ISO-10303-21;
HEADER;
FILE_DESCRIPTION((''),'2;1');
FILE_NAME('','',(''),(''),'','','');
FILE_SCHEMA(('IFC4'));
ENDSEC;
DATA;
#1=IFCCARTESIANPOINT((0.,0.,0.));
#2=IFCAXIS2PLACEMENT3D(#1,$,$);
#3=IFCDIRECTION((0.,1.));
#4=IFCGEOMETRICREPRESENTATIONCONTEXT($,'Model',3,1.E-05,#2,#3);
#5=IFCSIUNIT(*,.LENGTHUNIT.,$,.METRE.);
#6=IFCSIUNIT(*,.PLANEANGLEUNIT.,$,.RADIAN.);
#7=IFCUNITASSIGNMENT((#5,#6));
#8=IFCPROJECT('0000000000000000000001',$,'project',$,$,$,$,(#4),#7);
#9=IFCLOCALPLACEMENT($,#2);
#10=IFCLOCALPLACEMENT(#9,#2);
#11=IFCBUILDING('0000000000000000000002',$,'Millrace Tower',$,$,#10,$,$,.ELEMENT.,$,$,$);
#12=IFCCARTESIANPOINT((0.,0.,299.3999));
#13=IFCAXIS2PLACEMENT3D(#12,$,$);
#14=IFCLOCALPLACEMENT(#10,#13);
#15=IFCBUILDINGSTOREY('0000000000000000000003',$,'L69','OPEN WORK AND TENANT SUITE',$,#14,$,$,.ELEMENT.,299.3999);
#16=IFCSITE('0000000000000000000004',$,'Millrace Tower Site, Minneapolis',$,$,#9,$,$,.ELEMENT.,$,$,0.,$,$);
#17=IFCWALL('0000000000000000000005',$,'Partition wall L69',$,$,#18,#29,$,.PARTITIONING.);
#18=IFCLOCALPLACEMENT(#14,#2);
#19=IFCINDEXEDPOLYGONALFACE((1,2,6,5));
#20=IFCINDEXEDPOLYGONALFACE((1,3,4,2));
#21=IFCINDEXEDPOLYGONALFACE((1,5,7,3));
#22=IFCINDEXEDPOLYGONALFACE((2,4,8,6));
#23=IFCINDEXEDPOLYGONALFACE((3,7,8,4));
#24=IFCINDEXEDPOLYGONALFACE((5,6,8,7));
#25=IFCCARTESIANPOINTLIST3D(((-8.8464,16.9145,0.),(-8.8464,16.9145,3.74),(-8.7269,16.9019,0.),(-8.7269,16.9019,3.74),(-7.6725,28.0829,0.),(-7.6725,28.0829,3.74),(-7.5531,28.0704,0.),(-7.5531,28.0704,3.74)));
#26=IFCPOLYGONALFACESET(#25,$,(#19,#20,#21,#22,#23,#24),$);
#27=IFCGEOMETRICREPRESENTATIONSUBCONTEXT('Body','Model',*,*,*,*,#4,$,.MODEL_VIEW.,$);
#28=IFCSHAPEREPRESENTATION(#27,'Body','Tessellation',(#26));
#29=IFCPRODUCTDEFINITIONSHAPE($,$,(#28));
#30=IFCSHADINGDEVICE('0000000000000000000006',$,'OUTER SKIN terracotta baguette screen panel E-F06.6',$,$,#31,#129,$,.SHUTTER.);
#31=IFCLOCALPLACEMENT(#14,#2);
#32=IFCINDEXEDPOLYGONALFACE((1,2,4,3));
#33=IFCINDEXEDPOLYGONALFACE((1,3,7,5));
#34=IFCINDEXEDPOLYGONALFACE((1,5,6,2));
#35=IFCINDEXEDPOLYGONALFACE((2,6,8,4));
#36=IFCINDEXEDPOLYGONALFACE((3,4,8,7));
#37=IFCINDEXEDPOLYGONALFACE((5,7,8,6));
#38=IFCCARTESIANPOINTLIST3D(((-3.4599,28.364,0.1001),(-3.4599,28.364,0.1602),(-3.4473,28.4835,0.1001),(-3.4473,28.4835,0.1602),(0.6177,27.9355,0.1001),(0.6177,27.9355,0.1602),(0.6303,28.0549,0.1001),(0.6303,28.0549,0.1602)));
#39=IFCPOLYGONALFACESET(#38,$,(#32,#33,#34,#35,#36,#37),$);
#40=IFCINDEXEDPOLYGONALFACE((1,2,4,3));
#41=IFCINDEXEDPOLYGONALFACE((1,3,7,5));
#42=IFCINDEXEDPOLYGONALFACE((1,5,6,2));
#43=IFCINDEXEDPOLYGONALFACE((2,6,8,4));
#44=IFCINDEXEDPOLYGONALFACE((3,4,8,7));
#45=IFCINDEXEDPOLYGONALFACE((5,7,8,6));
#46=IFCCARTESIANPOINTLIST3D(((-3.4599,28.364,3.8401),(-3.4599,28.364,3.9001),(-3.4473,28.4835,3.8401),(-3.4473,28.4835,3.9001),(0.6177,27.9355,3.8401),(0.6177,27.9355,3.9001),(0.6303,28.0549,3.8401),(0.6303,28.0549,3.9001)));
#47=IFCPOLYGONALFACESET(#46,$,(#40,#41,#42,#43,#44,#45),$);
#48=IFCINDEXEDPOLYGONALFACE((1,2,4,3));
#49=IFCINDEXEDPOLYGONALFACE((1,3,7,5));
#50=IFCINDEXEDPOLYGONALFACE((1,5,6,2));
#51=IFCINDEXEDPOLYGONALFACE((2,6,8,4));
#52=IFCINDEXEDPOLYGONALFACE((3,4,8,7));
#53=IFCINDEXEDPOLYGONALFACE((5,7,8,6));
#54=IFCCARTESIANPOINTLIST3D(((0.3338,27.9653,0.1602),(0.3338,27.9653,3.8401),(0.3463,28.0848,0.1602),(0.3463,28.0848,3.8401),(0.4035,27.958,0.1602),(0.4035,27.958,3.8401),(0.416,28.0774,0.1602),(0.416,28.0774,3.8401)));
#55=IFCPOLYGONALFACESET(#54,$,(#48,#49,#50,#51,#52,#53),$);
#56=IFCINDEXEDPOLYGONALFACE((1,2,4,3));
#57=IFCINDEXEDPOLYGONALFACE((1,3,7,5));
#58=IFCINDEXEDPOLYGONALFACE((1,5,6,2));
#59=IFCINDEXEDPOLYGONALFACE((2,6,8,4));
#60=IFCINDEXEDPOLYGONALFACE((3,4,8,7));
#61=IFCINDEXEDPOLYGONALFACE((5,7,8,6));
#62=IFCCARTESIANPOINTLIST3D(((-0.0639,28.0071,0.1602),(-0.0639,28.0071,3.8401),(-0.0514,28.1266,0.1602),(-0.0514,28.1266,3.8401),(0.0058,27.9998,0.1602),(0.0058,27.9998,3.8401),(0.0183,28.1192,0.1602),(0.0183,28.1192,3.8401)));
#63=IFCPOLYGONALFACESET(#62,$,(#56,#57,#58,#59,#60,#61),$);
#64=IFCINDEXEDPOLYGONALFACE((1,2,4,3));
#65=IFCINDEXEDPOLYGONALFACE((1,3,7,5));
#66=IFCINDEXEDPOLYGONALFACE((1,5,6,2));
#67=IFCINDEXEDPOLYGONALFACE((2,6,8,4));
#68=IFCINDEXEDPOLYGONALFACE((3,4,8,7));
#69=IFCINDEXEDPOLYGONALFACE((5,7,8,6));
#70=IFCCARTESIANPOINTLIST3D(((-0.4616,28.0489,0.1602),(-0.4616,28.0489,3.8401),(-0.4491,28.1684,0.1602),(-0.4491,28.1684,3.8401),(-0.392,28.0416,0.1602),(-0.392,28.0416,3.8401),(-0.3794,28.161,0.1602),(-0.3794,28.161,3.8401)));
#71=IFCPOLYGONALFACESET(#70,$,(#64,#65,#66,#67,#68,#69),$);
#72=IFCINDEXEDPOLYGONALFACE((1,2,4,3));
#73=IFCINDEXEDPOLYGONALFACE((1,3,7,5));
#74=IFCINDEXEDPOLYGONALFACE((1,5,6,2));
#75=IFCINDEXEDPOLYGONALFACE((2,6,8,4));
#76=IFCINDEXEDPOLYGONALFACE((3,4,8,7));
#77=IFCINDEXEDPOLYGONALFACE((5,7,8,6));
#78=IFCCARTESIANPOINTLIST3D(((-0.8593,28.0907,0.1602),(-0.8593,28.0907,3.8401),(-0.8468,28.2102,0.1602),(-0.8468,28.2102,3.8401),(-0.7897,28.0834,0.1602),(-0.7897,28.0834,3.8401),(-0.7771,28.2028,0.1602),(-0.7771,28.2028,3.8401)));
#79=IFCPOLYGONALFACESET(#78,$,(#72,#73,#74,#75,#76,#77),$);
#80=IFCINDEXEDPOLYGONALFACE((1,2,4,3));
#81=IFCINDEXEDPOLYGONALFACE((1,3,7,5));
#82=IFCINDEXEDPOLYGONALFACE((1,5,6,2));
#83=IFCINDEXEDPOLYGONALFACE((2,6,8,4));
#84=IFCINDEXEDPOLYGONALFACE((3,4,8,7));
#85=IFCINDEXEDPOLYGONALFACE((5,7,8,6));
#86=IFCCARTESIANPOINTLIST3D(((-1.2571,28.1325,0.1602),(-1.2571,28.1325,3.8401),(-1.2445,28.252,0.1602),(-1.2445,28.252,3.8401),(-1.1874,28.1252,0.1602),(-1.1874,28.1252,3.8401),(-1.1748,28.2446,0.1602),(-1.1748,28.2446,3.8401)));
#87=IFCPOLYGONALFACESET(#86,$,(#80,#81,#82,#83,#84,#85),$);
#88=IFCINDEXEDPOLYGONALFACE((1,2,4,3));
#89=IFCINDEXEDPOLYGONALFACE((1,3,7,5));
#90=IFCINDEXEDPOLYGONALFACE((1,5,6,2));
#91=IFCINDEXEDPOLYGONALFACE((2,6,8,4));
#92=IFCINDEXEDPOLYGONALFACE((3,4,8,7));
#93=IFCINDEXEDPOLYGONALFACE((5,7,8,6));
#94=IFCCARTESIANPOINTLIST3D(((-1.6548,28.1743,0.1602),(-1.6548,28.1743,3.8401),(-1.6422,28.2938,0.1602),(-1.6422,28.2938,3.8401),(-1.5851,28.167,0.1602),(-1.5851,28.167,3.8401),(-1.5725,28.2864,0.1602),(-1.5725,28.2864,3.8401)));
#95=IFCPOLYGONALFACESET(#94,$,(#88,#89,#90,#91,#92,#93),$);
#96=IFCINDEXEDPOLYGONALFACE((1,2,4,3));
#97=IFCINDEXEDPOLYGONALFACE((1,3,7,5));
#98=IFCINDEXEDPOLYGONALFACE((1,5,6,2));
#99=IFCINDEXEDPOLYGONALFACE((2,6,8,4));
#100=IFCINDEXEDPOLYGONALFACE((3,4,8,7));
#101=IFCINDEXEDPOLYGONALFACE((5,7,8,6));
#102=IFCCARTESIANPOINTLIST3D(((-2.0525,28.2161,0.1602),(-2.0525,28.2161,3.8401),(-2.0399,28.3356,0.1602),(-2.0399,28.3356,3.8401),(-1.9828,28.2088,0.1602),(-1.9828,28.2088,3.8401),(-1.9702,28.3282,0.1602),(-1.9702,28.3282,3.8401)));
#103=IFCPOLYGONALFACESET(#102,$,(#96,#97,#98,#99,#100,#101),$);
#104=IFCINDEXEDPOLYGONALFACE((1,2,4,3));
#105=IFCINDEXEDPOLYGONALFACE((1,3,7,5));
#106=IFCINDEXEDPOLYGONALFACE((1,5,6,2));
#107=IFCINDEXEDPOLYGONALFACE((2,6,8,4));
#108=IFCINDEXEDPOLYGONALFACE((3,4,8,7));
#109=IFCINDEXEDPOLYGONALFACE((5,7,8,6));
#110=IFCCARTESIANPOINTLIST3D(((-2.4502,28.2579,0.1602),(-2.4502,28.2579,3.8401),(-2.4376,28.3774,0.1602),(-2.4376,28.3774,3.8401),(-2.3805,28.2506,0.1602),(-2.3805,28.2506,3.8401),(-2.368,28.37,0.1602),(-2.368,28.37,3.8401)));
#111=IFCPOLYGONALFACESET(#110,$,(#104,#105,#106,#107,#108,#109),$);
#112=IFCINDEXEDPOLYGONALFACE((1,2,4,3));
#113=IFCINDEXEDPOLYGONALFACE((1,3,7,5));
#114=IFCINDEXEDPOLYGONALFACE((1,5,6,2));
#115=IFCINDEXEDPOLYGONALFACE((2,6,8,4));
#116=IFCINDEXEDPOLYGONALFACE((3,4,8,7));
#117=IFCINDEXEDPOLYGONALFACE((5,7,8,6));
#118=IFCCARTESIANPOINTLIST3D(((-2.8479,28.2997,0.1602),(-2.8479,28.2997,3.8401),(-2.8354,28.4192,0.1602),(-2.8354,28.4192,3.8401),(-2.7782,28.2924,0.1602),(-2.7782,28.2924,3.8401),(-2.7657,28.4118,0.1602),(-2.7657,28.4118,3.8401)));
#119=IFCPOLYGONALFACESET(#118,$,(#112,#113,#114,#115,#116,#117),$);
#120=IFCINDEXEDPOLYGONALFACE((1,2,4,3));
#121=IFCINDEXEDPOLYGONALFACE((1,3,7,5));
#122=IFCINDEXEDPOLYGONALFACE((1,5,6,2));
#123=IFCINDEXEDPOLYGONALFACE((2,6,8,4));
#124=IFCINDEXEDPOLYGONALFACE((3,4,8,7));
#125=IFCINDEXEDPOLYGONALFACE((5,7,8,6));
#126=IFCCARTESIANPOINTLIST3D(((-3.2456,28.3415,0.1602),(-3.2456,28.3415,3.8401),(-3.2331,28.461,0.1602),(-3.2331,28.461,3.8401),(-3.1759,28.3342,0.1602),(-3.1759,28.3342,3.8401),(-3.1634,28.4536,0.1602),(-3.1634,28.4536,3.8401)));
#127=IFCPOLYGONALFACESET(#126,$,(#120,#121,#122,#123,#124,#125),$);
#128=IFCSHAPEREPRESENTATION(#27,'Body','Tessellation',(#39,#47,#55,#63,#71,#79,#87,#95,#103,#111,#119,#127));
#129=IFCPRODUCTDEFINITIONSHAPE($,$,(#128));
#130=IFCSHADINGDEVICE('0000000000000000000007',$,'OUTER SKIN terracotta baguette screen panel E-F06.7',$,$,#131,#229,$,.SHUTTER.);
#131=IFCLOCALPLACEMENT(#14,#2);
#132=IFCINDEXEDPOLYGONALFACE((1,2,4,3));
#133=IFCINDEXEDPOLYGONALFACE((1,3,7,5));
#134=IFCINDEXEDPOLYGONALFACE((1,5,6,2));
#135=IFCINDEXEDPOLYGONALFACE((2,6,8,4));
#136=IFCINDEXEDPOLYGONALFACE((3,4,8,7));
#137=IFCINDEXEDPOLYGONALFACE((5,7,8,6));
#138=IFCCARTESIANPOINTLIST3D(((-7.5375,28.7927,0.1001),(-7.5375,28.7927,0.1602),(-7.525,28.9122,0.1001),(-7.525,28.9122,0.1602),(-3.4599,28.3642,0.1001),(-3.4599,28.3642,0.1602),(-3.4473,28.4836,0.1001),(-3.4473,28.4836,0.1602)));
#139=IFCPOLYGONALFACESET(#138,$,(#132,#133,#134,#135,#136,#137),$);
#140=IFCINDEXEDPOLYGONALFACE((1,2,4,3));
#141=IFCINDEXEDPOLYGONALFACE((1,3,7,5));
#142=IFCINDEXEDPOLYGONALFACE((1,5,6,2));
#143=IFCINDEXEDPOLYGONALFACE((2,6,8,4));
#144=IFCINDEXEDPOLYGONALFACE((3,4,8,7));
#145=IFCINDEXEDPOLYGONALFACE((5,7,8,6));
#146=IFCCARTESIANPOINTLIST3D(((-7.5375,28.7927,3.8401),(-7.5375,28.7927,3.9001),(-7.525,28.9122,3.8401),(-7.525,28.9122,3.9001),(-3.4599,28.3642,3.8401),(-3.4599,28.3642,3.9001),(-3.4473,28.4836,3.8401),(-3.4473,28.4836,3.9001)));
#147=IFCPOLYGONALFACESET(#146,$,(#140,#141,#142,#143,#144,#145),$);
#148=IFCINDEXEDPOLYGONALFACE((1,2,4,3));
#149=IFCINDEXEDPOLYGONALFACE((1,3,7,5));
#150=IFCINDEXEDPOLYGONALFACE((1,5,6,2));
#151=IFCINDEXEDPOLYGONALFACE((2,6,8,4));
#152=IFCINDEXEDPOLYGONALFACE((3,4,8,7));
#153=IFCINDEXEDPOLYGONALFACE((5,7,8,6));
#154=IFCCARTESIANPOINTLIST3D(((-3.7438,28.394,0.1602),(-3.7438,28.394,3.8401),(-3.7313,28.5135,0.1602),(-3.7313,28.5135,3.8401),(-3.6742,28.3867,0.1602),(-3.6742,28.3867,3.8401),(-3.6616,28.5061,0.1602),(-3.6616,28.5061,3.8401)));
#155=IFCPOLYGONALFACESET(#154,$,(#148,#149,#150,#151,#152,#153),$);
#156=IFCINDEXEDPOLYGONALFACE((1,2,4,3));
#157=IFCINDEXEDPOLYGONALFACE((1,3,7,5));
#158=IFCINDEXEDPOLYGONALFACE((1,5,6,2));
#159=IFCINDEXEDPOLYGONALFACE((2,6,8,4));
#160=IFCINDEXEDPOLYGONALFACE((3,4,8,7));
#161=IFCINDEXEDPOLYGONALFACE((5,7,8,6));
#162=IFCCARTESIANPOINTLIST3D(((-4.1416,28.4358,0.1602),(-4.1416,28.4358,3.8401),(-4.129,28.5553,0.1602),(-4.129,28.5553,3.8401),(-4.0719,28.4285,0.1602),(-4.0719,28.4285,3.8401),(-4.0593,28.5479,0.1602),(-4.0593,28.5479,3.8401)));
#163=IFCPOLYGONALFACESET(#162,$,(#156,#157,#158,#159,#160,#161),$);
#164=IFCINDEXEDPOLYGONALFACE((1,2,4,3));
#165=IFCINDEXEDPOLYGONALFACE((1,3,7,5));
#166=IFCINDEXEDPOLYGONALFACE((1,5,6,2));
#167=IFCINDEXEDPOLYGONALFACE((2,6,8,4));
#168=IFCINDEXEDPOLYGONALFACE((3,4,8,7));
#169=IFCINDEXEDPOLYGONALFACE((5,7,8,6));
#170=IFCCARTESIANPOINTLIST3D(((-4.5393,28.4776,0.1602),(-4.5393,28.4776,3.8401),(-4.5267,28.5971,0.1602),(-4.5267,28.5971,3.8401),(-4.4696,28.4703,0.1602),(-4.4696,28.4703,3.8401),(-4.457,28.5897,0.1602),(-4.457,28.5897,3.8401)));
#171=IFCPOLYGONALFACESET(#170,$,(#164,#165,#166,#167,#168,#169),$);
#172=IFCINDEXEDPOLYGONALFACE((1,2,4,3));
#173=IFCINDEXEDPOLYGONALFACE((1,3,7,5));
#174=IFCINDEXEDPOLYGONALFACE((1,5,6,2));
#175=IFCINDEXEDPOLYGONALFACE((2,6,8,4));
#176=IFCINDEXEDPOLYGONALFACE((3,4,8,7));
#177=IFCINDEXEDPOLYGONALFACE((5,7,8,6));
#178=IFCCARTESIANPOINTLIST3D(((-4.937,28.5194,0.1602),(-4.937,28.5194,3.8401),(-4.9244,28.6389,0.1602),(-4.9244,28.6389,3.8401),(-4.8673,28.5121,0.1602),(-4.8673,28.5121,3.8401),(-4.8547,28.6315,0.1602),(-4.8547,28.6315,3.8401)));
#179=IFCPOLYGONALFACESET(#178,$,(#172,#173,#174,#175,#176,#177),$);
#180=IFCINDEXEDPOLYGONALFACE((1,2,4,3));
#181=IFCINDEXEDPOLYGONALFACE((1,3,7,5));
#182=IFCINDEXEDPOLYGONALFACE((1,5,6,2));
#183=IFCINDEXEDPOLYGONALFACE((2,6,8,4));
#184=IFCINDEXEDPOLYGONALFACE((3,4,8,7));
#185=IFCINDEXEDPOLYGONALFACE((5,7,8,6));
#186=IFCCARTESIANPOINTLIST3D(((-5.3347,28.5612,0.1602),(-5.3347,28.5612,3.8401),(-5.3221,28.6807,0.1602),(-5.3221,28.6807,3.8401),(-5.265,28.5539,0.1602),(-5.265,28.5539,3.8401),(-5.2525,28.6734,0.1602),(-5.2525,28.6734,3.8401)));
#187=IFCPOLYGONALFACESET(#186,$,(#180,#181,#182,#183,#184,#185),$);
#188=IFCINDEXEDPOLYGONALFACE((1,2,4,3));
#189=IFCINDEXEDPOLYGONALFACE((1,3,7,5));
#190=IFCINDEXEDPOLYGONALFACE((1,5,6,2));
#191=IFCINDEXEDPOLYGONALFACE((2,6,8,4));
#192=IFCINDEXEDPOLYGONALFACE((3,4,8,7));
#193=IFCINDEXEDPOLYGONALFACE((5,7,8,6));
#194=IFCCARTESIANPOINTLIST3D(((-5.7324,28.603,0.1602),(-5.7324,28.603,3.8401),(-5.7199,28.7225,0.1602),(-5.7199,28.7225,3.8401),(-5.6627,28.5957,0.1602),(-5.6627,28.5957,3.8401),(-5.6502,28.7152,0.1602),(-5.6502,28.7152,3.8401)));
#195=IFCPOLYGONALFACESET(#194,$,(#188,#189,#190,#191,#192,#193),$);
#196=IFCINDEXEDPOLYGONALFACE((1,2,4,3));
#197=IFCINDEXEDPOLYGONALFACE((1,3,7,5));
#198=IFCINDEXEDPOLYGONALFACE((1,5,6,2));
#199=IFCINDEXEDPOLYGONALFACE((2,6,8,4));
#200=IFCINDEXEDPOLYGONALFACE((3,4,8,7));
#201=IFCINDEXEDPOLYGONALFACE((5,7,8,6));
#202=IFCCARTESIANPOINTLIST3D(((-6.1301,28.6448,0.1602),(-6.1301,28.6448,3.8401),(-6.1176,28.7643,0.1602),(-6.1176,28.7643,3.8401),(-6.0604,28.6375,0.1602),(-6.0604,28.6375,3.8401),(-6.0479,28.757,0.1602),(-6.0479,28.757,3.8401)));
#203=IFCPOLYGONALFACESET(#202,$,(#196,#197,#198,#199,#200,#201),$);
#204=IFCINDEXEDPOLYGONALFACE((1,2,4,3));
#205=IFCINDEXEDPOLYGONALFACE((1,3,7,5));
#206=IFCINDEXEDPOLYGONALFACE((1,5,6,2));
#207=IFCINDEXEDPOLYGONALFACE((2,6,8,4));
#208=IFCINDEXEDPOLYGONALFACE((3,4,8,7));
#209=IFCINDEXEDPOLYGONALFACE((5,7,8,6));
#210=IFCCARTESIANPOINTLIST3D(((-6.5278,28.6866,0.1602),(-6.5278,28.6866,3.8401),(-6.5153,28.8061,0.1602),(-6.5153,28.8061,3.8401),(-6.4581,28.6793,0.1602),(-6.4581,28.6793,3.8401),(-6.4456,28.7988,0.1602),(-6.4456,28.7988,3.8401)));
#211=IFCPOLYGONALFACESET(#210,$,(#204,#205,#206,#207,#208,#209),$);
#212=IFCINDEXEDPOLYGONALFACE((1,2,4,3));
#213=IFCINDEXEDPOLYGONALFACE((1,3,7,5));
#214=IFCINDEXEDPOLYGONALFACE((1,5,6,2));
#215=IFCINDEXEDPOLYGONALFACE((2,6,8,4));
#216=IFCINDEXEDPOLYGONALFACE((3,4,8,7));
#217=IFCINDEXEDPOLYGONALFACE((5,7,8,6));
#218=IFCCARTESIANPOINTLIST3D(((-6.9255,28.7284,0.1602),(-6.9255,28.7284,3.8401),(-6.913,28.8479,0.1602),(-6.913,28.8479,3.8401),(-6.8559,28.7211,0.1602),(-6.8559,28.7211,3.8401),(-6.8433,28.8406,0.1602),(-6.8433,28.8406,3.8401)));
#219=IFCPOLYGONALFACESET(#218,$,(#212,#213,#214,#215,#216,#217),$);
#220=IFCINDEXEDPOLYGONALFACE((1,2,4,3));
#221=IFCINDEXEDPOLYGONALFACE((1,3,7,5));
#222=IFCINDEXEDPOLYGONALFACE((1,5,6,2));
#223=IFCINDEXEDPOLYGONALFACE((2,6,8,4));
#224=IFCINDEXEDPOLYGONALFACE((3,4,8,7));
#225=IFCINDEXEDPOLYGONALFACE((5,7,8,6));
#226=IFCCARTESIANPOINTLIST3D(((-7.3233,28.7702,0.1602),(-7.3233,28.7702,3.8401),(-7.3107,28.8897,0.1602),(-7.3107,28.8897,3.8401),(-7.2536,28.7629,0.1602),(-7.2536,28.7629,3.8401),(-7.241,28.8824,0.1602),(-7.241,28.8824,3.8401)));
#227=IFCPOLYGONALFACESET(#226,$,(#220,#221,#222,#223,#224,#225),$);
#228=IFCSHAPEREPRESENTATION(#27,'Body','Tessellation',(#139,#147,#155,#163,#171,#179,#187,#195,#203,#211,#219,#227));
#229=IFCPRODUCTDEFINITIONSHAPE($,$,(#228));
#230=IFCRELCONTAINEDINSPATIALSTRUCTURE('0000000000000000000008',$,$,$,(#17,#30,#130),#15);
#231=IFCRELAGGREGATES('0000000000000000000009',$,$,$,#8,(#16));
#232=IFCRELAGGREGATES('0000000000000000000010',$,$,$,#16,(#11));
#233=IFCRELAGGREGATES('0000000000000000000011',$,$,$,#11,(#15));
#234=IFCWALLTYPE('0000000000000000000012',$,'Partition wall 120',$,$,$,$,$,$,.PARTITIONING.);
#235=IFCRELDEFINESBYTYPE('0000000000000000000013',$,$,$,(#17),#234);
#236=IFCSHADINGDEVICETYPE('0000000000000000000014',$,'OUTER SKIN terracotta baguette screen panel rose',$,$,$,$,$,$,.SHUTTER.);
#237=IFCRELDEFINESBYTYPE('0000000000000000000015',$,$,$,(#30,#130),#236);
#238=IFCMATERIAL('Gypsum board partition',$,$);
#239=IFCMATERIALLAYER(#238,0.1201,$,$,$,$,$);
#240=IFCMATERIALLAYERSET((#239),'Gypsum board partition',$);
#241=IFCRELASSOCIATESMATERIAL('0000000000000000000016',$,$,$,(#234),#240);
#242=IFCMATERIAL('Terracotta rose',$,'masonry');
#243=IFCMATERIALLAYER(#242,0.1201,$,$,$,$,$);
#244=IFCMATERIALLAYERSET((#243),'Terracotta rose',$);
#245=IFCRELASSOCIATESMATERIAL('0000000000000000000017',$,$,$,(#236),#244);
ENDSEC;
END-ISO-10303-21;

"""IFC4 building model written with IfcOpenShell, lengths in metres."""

from ifc_helpers import new_model, entity, si_unit, direction, frame, frame_2d, origin, place, context, subcontext, project, spatial, rectangle, extrude, source, transform, mapped, material, layer, layer_set, type_object, element, save


model = new_model("IFC4")

# Units and contexts
model_context = context("Model", 3, precision=1e-05, world=origin(), true_north=direction((0.0, 1.0)))
body_context = subcontext(model_context, "Body", "Model", "MODEL_VIEW")
ifc_project = project(units=[si_unit("LENGTHUNIT", "METRE"), si_unit("PLANEANGLEUNIT", "RADIAN")], contexts=[model_context])

# Site, building, storey
site_placement = place(None, origin())
site = spatial("IfcSite", under=ifc_project, at=site_placement, Name="Millrace Tower Site, Minneapolis", CompositionType="ELEMENT", RefElevation=0.0)
building_placement = place(site_placement, origin())
building = spatial("IfcBuilding", under=site, at=building_placement, Name="Millrace Tower", CompositionType="ELEMENT")
storey_placement = place(building_placement, frame((0.0, 0.0, 299.3999)))
storey = spatial("IfcBuildingStorey", under=building, at=storey_placement, Name="L69", Description="OPEN WORK AND TENANT SUITE", CompositionType="ELEMENT", Elevation=299.3999)

# Wall
ifc_material_1 = material(Name="Gypsum board partition")
ifc_layer_1 = layer(ifc_material_1, 0.1201)
ifc_layer_set_1 = layer_set([ifc_layer_1], Name="Gypsum board partition")
wall_type_1 = type_object("IfcWallType", Name="Partition wall 120", PredefinedType="PARTITIONING", material=ifc_layer_set_1)
wall_1_placement = place(storey_placement, frame((-8.7866, 16.9082, 0.0), z_axis=(0.0, 0.0, 1.0), x_axis=(0.104526, 0.994522, 0.0)))
element("IfcWall", 1, at=wall_1_placement, inside=storey, type_object=wall_type_1, Name="Partition wall L69", PredefinedType="PARTITIONING", context=body_context, shape_type="SweptSolid", body=[
    extrude(rectangle(XDim=11.23, YDim=0.1201, at=frame_2d((5.615, 0.0))), origin(), (0.0, 0.0, 1.0), 3.74),
])

# Shading devices
ifc_material_2 = material(Name="Terracotta rose", Category="masonry")
ifc_layer_2 = layer(ifc_material_2, 0.1201)
ifc_layer_set_2 = layer_set([ifc_layer_2], Name="Terracotta rose")
shading_device_type = type_object("IfcShadingDeviceType", Name="OUTER SKIN terracotta baguette screen panel rose", PredefinedType="SHUTTER", material=ifc_layer_set_2)
cartesian_point_1 = entity("IfcCartesianPoint", [-2.05, 0.0601])
shared_polyline_1 = entity("IfcPolyline", [cartesian_point_1, entity("IfcCartesianPoint", [2.05, 0.0601]), entity("IfcCartesianPoint", [2.05, -0.0601]), entity("IfcCartesianPoint", [-2.05, -0.0601]), cartesian_point_1])
shared_shape_1 = source(origin(), body_context, "Body", "SweptSolid", [
    entity("IfcExtrudedAreaSolid", entity("IfcArbitraryClosedProfileDef", "AREA", None, shared_polyline_1), entity("IfcAxis2Placement3D", entity("IfcCartesianPoint", [0.0, 0.0, 0.0])), entity("IfcDirection", [0.0, 0.0, 1.0]), 0.0601),
    entity("IfcExtrudedAreaSolid", entity("IfcArbitraryClosedProfileDef", "AREA", None, shared_polyline_1), entity("IfcAxis2Placement3D", entity("IfcCartesianPoint", [0.0, 0.0, 3.74])), entity("IfcDirection", [0.0, 0.0, 1.0]), 0.0601),
    extrude(rectangle(XDim=0.0701, YDim=0.1201, at=frame_2d((-1.7996, 0.0))), frame((0.0, 0.0, 0.0601)), (0.0, 0.0, 1.0), 3.6799),
    extrude(rectangle(XDim=0.0701, YDim=0.1201, at=frame_2d((-1.3997, 0.0))), frame((0.0, 0.0, 0.0601)), (0.0, 0.0, 1.0), 3.6799),
    extrude(rectangle(XDim=0.0701, YDim=0.1201, at=frame_2d((-0.9998, 0.0))), frame((0.0, 0.0, 0.0601)), (0.0, 0.0, 1.0), 3.6799),
    extrude(rectangle(XDim=0.0701, YDim=0.1201, at=frame_2d((-0.5999, 0.0))), frame((0.0, 0.0, 0.0601)), (0.0, 0.0, 1.0), 3.6799),
    extrude(rectangle(XDim=0.0701, YDim=0.1201, at=frame_2d((-0.2, 0.0))), frame((0.0, 0.0, 0.0601)), (0.0, 0.0, 1.0), 3.6799),
    extrude(rectangle(XDim=0.0701, YDim=0.1201, at=frame_2d((0.2, 0.0))), frame((0.0, 0.0, 0.0601)), (0.0, 0.0, 1.0), 3.6799),
    extrude(rectangle(XDim=0.0701, YDim=0.1201, at=frame_2d((0.5999, 0.0))), frame((0.0, 0.0, 0.0601)), (0.0, 0.0, 1.0), 3.6799),
    extrude(rectangle(XDim=0.0701, YDim=0.1201, at=frame_2d((0.9998, 0.0))), frame((0.0, 0.0, 0.0601)), (0.0, 0.0, 1.0), 3.6799),
    extrude(rectangle(XDim=0.0701, YDim=0.1201, at=frame_2d((1.3997, 0.0))), frame((0.0, 0.0, 0.0601)), (0.0, 0.0, 1.0), 3.6799),
    extrude(rectangle(XDim=0.0701, YDim=0.1201, at=frame_2d((1.7996, 0.0))), frame((0.0, 0.0, 0.0601)), (0.0, 0.0, 1.0), 3.6799),
])
for number, where, z_axis, x_axis, name in (
    (2, (-1.4148, 28.2095, 0.1001), (0.0, 0.0, 1.0), (-0.994522, 0.104528, 0.0), "OUTER SKIN terracotta baguette screen panel E-F06.6"),
    (3, (-5.4924, 28.6382, 0.1001), (0.0, 0.0, 1.0), (-0.994522, 0.104528, 0.0), "OUTER SKIN terracotta baguette screen panel E-F06.7"),
):
    element("IfcShadingDevice", number, at=place(storey_placement, frame(where, z_axis=z_axis, x_axis=x_axis)), inside=storey, type_object=shading_device_type, Name=name, PredefinedType="SHUTTER", context=body_context, shape_type="MappedRepresentation", body=[
        mapped(shared_shape_1, transform((0.0, 0.0, 0.0), scale=1.0)),
    ])

save(model, "model.ifc")
